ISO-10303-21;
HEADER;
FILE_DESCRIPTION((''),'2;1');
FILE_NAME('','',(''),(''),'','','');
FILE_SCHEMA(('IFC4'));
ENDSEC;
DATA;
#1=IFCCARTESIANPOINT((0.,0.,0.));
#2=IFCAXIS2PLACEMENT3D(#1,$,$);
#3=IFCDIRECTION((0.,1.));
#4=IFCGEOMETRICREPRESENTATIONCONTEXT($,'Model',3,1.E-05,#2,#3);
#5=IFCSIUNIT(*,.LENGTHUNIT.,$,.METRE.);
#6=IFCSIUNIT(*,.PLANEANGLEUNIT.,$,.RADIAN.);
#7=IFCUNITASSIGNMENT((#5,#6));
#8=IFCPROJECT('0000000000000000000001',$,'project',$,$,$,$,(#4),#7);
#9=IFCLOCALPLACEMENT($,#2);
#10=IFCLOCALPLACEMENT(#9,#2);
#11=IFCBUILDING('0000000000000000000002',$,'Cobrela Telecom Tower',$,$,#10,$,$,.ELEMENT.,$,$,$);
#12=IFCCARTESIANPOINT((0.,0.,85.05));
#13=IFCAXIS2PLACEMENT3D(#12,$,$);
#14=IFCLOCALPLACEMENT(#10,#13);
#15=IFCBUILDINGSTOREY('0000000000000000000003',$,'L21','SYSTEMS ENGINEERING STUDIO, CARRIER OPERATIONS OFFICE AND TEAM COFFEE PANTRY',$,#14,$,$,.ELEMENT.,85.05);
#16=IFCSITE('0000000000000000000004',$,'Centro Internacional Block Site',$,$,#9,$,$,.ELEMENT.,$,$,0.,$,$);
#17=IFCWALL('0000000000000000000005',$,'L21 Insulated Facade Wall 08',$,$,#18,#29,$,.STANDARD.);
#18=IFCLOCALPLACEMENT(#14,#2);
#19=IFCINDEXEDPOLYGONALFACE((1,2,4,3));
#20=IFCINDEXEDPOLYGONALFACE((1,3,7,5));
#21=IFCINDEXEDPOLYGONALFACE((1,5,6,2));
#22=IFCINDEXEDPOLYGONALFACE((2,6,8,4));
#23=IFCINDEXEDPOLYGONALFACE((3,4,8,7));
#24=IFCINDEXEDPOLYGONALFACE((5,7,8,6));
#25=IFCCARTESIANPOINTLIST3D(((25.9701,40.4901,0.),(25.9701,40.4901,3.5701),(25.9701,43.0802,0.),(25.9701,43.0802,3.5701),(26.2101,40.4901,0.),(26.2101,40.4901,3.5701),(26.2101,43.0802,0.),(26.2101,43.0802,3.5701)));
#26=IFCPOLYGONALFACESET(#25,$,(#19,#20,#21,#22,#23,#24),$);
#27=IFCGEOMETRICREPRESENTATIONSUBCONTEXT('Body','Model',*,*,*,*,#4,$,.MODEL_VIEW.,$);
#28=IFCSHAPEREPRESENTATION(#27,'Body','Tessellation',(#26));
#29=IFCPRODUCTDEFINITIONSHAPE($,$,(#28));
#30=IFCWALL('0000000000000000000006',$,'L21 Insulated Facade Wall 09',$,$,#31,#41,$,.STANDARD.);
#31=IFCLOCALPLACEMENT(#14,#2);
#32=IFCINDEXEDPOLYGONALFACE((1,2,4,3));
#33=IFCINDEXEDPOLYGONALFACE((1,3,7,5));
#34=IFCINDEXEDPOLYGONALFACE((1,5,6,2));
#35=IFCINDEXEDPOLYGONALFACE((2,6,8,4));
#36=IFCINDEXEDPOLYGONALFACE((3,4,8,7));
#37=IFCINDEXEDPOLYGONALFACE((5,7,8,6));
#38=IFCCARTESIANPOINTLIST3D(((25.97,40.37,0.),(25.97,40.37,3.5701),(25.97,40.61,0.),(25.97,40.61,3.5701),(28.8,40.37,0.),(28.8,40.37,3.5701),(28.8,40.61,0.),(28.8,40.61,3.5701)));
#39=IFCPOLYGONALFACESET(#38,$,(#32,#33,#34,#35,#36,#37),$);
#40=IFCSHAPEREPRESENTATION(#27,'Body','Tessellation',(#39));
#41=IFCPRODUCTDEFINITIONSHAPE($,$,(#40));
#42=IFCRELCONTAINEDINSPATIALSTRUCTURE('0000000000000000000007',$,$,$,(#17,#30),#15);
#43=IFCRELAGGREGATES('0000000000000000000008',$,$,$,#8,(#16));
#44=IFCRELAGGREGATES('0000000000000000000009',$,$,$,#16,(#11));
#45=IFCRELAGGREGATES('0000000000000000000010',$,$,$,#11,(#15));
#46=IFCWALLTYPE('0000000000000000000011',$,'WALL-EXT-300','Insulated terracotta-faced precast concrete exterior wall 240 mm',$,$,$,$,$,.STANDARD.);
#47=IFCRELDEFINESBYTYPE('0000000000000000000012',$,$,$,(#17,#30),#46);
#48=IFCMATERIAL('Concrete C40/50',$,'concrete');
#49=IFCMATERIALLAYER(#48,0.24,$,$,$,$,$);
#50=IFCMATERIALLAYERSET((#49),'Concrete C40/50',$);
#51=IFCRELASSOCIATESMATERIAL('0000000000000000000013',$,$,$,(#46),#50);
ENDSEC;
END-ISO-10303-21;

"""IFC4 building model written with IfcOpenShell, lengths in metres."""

from ifc_helpers import new_model, si_unit, direction, frame, frame_2d, origin, place, context, subcontext, project, spatial, rectangle, extrude, material, layer, layer_set, type_object, element, save


model = new_model("IFC4")

# Units and contexts
model_context = context("Model", 3, precision=1e-05, world=origin(), true_north=direction((0.0, 1.0)))
body_context = subcontext(model_context, "Body", "Model", "MODEL_VIEW")
ifc_project = project(units=[si_unit("LENGTHUNIT", "METRE"), si_unit("PLANEANGLEUNIT", "RADIAN")], contexts=[model_context])

# Site, building, storey
site_placement = place(None, origin())
site = spatial("IfcSite", under=ifc_project, at=site_placement, Name="Centro Internacional Block Site", CompositionType="ELEMENT", RefElevation=0.0)
building_placement = place(site_placement, origin())
building = spatial("IfcBuilding", under=site, at=building_placement, Name="Cobrela Telecom Tower", CompositionType="ELEMENT")
storey_placement = place(building_placement, frame((0.0, 0.0, 85.05)))
storey = spatial("IfcBuildingStorey", under=building, at=storey_placement, Name="L21", Description="SYSTEMS ENGINEERING STUDIO, CARRIER OPERATIONS OFFICE AND TEAM COFFEE PANTRY", CompositionType="ELEMENT", Elevation=85.05)

# Walls
ifc_material_1 = material(Name="Concrete C40/50", Category="concrete")
ifc_layer_1 = layer(ifc_material_1, 0.24)
ifc_layer_set_1 = layer_set([ifc_layer_1], Name="Concrete C40/50")
wall_type = type_object("IfcWallType", Name="WALL-EXT-300", Description="Insulated terracotta-faced precast concrete exterior wall 240 mm", PredefinedType="STANDARD", material=ifc_layer_set_1)
wall_1_placement = place(storey_placement, frame((26.0901, 43.0801, 0.0), z_axis=(0.0, 0.0, 1.0), x_axis=(0.0, -1.0, 0.0)))
element("IfcWall", 1, at=wall_1_placement, inside=storey, type_object=wall_type, Name="L21 Insulated Facade Wall 08", PredefinedType="STANDARD", context=body_context, shape_type="SweptSolid", body=[
    extrude(rectangle(XDim=2.5901, YDim=0.24, at=frame_2d((1.2949, 0.0))), origin(), (0.0, 0.0, 1.0), 3.5701),
])
wall_2_placement = place(storey_placement, frame((25.97, 40.49, 0.0), z_axis=(0.0, 0.0, 1.0), x_axis=(1.0, 0.0, 0.0)))
element("IfcWall", 2, at=wall_2_placement, inside=storey, type_object=wall_type, Name="L21 Insulated Facade Wall 09", PredefinedType="STANDARD", context=body_context, shape_type="SweptSolid", body=[
    extrude(rectangle(XDim=2.8301, YDim=0.24, at=frame_2d((1.415, 0.0))), origin(), (0.0, 0.0, 1.0), 3.5701),
])

save(model, "model.ifc")
